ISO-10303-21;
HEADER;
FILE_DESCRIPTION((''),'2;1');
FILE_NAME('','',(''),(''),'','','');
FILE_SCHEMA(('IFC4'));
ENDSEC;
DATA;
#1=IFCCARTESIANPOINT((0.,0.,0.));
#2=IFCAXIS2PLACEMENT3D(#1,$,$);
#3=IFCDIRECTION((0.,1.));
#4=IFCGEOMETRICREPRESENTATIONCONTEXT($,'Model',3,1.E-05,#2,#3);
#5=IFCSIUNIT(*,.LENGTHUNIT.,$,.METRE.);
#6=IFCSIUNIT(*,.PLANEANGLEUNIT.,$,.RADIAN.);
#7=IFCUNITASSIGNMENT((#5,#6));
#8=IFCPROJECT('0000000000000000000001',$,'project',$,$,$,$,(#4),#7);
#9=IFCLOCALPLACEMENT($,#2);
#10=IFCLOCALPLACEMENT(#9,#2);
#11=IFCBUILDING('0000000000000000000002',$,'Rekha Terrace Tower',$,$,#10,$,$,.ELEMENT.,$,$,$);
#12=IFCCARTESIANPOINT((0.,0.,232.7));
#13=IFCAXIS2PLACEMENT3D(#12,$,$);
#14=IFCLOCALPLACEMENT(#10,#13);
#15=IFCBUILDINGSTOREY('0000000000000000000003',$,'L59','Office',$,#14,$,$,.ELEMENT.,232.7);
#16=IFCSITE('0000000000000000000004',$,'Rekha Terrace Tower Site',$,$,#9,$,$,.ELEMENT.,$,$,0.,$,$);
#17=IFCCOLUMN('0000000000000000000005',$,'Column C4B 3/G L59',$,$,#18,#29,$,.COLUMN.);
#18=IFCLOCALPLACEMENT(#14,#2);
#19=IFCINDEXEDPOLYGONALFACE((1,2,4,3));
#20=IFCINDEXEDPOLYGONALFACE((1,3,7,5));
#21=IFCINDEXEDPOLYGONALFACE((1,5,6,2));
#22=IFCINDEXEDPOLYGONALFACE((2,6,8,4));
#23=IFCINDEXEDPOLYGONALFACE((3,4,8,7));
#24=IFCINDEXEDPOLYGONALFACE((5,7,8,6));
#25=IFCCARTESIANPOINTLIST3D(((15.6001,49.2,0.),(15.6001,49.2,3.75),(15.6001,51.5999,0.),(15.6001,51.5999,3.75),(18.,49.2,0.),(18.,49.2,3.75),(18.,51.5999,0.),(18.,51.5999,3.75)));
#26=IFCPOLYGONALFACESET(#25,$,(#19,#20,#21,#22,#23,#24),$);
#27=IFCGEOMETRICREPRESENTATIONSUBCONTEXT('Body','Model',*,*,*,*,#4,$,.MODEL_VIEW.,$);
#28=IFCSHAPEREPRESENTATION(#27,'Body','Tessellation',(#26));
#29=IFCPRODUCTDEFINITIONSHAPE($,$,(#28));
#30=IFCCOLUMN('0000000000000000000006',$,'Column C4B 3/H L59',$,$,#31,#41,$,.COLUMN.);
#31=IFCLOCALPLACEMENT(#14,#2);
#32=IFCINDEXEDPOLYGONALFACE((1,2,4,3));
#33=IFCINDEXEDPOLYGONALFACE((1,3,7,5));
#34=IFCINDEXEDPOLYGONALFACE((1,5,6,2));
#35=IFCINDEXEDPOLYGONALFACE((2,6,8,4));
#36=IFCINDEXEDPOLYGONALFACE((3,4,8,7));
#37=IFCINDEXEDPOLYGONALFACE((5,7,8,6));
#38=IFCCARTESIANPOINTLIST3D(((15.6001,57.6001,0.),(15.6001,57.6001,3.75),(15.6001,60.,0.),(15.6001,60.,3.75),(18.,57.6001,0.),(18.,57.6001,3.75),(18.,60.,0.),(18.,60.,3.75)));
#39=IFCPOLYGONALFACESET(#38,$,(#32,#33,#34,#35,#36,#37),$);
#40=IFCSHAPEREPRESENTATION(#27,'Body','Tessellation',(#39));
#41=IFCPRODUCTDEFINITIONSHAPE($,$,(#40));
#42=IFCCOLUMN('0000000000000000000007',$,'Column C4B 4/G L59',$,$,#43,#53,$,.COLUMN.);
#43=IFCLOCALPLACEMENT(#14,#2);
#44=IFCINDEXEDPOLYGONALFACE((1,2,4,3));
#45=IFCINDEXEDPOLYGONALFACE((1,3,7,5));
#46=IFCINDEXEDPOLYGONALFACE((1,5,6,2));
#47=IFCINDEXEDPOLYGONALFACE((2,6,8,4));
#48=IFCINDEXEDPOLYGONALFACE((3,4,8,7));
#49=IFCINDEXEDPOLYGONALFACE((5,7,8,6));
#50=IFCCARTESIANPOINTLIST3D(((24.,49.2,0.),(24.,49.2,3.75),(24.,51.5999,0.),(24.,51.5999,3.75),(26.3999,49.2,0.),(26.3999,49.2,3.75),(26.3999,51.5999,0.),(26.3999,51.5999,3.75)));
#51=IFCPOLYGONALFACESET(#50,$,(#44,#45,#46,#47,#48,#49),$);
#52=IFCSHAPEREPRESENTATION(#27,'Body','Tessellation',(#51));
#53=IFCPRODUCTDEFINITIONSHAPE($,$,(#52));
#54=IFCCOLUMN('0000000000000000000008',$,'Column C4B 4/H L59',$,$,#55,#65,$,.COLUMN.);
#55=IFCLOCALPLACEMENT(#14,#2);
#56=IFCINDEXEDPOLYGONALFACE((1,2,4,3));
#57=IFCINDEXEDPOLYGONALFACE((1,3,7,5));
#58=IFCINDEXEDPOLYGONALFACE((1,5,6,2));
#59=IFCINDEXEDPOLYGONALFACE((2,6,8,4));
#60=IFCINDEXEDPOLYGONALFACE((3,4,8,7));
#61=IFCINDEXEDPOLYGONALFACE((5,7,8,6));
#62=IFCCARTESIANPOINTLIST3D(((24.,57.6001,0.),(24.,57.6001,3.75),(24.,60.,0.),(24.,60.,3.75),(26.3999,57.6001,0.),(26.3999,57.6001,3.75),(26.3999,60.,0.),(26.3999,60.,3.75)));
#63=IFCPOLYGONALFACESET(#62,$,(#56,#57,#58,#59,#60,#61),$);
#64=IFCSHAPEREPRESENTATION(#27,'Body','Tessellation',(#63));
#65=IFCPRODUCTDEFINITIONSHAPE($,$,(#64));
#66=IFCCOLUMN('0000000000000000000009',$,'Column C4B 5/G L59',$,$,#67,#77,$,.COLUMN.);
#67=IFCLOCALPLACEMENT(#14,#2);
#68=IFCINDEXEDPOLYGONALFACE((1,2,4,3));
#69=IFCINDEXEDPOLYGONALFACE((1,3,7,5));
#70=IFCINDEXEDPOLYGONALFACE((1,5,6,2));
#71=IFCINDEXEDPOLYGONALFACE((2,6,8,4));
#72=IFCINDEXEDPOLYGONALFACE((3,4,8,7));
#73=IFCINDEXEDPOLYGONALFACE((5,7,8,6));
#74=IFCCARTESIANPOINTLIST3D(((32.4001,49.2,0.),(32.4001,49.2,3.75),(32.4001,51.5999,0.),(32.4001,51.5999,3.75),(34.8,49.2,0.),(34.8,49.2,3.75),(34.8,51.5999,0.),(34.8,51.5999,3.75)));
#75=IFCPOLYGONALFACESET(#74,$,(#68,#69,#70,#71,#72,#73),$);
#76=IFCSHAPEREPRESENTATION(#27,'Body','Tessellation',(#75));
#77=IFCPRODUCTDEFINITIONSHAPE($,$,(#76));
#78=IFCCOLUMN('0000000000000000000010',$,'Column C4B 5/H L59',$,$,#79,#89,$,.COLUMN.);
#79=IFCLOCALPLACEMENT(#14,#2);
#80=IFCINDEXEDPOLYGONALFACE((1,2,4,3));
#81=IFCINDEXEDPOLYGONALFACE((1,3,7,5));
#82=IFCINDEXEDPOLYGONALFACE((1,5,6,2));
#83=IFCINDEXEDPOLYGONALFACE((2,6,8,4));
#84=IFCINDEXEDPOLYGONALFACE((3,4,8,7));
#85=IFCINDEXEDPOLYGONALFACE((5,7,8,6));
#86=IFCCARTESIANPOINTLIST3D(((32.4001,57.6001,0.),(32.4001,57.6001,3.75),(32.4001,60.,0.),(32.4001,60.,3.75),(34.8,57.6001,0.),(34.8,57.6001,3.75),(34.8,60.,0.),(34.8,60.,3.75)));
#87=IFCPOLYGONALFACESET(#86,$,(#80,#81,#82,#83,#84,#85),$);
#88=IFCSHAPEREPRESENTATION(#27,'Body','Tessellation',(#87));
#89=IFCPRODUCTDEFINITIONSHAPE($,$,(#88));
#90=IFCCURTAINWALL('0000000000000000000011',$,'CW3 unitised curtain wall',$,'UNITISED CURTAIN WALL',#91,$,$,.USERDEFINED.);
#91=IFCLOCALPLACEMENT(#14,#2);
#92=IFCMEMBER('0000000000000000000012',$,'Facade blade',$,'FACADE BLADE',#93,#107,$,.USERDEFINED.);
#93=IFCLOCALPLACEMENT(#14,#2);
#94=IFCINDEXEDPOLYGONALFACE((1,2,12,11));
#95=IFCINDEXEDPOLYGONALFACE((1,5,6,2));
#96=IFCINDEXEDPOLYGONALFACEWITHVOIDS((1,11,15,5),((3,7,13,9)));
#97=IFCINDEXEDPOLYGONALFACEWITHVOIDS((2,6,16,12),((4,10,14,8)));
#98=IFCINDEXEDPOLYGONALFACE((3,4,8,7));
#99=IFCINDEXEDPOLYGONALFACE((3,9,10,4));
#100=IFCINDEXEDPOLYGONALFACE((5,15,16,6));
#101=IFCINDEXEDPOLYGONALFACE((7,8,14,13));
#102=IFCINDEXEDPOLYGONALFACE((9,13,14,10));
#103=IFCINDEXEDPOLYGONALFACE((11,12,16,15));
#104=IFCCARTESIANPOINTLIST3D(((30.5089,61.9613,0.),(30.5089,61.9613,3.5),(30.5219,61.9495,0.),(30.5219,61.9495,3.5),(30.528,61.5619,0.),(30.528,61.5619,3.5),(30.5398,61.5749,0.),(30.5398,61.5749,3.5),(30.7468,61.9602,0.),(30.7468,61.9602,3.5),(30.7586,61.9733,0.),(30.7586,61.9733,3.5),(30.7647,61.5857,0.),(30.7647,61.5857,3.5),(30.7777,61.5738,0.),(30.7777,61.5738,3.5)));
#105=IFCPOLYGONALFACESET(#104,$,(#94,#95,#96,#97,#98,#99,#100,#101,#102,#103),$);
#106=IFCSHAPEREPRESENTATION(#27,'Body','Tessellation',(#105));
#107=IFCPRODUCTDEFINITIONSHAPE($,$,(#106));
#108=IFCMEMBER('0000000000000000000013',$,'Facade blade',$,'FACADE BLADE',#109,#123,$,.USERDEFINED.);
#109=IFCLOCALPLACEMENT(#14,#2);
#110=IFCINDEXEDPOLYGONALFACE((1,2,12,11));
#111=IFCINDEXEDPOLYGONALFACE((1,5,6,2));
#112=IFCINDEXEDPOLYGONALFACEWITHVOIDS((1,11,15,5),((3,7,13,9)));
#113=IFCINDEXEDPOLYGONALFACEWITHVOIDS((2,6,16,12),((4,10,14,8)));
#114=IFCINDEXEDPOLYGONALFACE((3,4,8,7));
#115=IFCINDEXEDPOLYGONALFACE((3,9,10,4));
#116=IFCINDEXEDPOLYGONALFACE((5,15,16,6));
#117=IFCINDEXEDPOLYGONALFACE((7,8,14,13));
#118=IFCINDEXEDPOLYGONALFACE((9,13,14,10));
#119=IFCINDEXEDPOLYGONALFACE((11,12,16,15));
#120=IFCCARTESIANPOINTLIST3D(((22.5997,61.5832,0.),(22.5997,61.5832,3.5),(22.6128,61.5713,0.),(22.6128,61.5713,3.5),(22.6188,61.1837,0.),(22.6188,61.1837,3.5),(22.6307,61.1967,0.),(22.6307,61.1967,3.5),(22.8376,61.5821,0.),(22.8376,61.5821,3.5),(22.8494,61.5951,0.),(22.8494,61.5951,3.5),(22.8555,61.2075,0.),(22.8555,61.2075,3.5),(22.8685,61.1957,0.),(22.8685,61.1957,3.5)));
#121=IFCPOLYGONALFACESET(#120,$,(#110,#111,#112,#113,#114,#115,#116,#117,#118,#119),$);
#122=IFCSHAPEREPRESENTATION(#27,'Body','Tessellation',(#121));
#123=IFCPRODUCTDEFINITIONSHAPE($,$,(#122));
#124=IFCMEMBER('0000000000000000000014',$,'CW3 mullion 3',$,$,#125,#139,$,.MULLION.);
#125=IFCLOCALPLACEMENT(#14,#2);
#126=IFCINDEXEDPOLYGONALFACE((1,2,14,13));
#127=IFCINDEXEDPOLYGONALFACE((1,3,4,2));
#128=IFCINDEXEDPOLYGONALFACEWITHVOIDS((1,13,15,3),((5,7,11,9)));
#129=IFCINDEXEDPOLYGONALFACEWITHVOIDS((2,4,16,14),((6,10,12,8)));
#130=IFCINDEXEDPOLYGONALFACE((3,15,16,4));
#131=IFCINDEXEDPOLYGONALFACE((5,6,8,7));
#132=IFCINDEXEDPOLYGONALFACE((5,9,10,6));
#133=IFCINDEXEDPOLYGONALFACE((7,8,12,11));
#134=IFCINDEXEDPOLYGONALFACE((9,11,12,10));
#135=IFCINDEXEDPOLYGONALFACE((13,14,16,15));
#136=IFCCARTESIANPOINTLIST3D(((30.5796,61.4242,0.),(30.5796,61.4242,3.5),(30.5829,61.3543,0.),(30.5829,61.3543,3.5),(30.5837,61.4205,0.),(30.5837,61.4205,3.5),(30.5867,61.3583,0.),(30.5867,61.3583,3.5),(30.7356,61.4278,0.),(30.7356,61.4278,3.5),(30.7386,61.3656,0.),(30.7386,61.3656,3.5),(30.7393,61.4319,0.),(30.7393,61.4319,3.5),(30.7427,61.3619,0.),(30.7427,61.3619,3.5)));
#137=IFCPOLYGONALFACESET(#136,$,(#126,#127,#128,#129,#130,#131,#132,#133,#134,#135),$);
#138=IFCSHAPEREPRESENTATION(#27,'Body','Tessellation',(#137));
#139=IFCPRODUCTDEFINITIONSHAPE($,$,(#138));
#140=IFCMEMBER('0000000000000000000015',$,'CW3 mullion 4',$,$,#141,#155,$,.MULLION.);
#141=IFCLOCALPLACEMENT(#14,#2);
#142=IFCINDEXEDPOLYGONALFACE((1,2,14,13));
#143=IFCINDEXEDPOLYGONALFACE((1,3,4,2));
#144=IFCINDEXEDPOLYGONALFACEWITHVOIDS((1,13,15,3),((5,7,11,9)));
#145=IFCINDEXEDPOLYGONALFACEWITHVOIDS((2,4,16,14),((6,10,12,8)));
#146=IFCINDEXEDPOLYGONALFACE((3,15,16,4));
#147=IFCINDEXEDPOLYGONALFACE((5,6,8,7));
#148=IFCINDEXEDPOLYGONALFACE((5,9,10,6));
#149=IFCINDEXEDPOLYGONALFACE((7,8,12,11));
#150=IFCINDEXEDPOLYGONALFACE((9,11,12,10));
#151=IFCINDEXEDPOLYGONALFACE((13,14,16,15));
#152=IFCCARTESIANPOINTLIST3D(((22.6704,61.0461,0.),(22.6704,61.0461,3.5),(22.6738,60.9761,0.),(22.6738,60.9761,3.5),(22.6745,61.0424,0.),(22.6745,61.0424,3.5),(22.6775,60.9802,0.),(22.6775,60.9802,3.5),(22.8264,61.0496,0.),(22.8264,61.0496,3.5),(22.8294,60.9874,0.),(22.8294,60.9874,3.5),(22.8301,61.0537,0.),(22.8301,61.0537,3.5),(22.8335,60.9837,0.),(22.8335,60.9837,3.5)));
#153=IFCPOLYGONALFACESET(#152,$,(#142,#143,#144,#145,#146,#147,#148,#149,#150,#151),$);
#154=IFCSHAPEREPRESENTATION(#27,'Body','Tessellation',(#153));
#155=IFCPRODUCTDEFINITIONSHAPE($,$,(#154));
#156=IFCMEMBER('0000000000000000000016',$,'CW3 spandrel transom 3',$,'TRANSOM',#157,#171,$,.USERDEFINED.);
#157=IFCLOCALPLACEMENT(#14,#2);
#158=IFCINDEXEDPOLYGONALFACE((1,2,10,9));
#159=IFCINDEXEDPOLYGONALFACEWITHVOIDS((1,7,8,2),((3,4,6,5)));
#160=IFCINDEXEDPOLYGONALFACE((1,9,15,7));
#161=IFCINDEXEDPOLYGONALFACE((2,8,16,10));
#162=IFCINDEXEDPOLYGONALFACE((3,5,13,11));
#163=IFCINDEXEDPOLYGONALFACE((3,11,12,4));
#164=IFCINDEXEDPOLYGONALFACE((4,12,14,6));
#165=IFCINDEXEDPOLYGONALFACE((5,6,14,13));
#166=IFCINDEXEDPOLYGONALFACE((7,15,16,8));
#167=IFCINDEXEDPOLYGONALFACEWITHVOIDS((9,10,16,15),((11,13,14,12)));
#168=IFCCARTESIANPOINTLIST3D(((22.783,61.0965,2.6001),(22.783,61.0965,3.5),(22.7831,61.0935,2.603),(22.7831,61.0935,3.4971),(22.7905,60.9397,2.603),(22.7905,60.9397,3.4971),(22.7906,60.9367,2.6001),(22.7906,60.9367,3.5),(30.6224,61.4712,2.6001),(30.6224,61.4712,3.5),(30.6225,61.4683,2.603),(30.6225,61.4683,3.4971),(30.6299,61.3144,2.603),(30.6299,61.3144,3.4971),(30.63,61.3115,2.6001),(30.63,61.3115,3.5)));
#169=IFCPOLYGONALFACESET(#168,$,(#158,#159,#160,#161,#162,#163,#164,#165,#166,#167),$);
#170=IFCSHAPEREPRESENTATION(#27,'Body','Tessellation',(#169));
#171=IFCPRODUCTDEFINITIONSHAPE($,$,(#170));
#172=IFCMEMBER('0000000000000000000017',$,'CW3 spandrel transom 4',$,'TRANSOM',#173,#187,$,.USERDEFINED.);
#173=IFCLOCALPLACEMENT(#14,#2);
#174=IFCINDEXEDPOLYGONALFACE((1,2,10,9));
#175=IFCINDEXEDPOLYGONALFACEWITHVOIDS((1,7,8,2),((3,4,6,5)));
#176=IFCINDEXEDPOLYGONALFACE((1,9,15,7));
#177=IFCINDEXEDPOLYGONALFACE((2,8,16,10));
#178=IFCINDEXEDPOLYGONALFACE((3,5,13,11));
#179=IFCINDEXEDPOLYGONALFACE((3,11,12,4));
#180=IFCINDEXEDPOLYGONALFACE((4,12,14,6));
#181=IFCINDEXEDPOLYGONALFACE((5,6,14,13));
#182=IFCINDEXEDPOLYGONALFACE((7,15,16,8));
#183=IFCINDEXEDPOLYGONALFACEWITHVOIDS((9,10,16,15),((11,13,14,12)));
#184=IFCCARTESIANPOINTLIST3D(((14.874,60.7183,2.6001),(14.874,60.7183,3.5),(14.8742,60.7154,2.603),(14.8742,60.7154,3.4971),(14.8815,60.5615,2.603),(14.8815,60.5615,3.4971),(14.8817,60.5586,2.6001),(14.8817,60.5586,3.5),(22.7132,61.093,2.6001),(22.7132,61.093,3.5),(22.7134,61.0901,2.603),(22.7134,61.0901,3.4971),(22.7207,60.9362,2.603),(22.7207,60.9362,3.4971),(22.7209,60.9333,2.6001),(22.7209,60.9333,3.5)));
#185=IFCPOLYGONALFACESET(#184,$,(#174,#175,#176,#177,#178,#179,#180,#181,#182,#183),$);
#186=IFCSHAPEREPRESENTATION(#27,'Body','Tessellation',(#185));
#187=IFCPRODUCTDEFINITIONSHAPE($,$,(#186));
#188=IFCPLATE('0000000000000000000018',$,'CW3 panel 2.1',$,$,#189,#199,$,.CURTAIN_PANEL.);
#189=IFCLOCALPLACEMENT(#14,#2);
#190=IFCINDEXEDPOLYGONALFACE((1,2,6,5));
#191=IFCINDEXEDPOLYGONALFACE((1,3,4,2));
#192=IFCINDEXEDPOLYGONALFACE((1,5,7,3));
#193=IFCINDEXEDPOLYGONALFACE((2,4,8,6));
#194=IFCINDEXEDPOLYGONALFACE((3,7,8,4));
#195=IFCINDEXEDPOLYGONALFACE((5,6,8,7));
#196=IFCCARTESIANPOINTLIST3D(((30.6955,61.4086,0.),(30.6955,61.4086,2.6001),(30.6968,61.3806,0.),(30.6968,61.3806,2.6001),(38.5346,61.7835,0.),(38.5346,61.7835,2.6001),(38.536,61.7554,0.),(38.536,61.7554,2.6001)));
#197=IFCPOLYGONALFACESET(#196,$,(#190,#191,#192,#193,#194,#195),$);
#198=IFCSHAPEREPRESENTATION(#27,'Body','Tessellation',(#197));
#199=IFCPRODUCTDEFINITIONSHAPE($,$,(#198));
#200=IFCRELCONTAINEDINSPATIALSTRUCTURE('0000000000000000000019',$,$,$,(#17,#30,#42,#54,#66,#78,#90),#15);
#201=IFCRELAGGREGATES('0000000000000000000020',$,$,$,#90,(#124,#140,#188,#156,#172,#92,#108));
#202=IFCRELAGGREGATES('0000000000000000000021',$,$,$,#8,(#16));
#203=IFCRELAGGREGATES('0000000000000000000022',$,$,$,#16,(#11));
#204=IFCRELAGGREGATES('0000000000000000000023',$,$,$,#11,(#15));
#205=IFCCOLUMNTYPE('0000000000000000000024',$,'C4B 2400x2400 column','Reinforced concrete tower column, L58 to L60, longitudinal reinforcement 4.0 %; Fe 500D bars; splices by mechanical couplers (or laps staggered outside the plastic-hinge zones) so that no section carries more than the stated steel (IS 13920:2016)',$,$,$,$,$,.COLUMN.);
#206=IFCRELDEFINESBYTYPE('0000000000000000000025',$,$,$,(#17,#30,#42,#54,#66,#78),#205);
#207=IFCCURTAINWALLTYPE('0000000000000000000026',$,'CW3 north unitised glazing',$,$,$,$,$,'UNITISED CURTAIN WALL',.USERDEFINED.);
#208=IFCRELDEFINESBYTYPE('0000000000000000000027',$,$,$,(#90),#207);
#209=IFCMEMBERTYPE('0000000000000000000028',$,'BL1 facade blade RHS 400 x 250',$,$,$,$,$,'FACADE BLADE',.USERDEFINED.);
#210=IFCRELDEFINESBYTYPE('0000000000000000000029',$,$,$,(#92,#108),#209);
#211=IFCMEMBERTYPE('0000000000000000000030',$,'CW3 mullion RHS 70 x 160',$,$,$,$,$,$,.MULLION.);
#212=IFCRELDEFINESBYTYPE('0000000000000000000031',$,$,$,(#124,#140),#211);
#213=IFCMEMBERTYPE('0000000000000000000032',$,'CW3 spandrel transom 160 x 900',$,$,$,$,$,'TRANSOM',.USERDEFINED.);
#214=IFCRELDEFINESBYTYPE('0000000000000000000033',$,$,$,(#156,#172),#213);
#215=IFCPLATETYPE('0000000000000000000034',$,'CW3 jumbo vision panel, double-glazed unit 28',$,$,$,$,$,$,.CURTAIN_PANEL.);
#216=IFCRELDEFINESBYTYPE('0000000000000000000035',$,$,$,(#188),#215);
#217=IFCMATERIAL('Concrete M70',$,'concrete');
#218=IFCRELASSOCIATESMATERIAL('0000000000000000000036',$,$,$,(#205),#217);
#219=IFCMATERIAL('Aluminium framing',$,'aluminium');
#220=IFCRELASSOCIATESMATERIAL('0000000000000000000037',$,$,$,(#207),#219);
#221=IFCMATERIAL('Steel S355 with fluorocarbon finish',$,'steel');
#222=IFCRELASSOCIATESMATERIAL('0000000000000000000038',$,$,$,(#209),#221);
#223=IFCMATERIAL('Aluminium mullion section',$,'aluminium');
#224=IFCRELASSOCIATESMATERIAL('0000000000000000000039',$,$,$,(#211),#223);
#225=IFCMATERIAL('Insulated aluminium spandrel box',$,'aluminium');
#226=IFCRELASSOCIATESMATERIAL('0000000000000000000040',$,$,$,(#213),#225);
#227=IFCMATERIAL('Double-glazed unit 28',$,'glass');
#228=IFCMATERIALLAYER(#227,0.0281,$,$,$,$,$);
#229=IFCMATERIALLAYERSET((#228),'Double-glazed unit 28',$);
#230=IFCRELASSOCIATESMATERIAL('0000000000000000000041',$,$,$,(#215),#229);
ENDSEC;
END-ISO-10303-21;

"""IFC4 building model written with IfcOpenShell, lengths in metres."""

from ifc_helpers import new_model, si_unit, direction, frame, origin, origin_2d, place, context, subcontext, project, spatial, rectangle, hollow_rectangle, extrude, material, layer, layer_set, material_profile, profile_set, type_object, element, aggregate, save


model = new_model("IFC4")

# Units and contexts
model_context = context("Model", 3, precision=1e-05, world=origin(), true_north=direction((0.0, 1.0)))
body_context = subcontext(model_context, "Body", "Model", "MODEL_VIEW")
ifc_project = project(units=[si_unit("LENGTHUNIT", "METRE"), si_unit("PLANEANGLEUNIT", "RADIAN")], contexts=[model_context])

# Site, building, storey
site_placement = place(None, origin())
site = spatial("IfcSite", under=ifc_project, at=site_placement, Name="Rekha Terrace Tower Site", CompositionType="ELEMENT", RefElevation=0.0)
building_placement = place(site_placement, origin())
building = spatial("IfcBuilding", under=site, at=building_placement, Name="Rekha Terrace Tower", CompositionType="ELEMENT")
storey_placement = place(building_placement, frame((0.0, 0.0, 232.7)))
storey = spatial("IfcBuildingStorey", under=building, at=storey_placement, Name="L59", Description="Office", CompositionType="ELEMENT", Elevation=232.7)

# Columns
ifc_material_1 = material(Name="Concrete M70", Category="concrete")
ifc_material_profile_1 = material_profile(ifc_material_1, rectangle(XDim=2.3999, YDim=2.3999, at=origin_2d()), Name="RC 2400x2400")
ifc_profile_set_1 = profile_set([ifc_material_profile_1], Name="Concrete M70")
column_type = type_object("IfcColumnType", Name="C4B 2400x2400 column", Description="Reinforced concrete tower column, L58 to L60, longitudinal reinforcement 4.0 %; Fe 500D bars; splices by mechanical couplers (or laps staggered outside the plastic-hinge zones) so that no section carries more than the stated steel (IS 13920:2016)", PredefinedType="COLUMN", material=ifc_profile_set_1)
for number, where, z_axis, x_axis, name in (
    (1, (16.8, 50.3999, 0.0), (0.0, 0.0, 1.0), (1.0, 0.0, 0.0), "Column C4B 3/G L59"),
    (2, (16.8, 58.8, 0.0), (0.0, 0.0, 1.0), (1.0, 0.0, 0.0), "Column C4B 3/H L59"),
    (3, (25.2, 50.3999, 0.0), (0.0, 0.0, 1.0), (1.0, 0.0, 0.0), "Column C4B 4/G L59"),
    (4, (25.2, 58.8, 0.0), (0.0, 0.0, 1.0), (1.0, 0.0, 0.0), "Column C4B 4/H L59"),
    (5, (33.6001, 50.3999, 0.0), (0.0, 0.0, 1.0), (1.0, 0.0, 0.0), "Column C4B 5/G L59"),
    (6, (33.6001, 58.8, 0.0), (0.0, 0.0, 1.0), (1.0, 0.0, 0.0), "Column C4B 5/H L59"),
):
    element("IfcColumn", number, at=place(storey_placement, frame(where, z_axis=z_axis, x_axis=x_axis)), inside=storey, type_object=column_type, Name=name, PredefinedType="COLUMN", context=body_context, shape_type="SweptSolid", body=[
        extrude(rectangle(XDim=2.3999, YDim=2.3999, at=origin_2d()), origin(), (0.0, 0.0, 1.0), 3.75),
    ])

# Curtain wall, members, plate
ifc_material_2 = material(Name="Aluminium framing", Category="aluminium")
curtain_wall_type = type_object("IfcCurtainWallType", Name="CW3 north unitised glazing", ElementType="UNITISED CURTAIN WALL", PredefinedType="USERDEFINED", material=ifc_material_2)
curtain_wall_placement = place(storey_placement, origin())
curtain_wall = element("IfcCurtainWall", 7, at=curtain_wall_placement, inside=storey, type_object=curtain_wall_type, Name="CW3 unitised curtain wall", ObjectType="UNITISED CURTAIN WALL", PredefinedType="USERDEFINED")
ifc_material_3 = material(Name="Steel S355 with fluorocarbon finish", Category="steel")
ifc_material_profile_2 = material_profile(ifc_material_3, hollow_rectangle(XDim=0.25, YDim=0.3999, WallThickness=0.0125, at=origin_2d()), Name="RHS400x250x12.5")
ifc_profile_set_2 = profile_set([ifc_material_profile_2], Name="Steel S355 with fluorocarbon finish")
member_type_1 = type_object("IfcMemberType", Name="BL1 facade blade RHS 400 x 250", ElementType="FACADE BLADE", PredefinedType="USERDEFINED", material=ifc_profile_set_2)
member_1_placement = place(storey_placement, frame((30.6433, 61.7676, 0.0), z_axis=(0.0, 0.0, 1.0), x_axis=(-0.998859, -0.047758, 0.0)))
member_1 = element("IfcMember", 8, at=member_1_placement, type_object=member_type_1, Name="Facade blade", ObjectType="FACADE BLADE", PredefinedType="USERDEFINED", context=body_context, shape_type="SweptSolid", body=[
    extrude(hollow_rectangle(XDim=0.25, YDim=0.3999, WallThickness=0.0125, at=origin_2d()), origin(), (0.0, 0.0, 1.0), 3.5),
])
member_2_placement = place(storey_placement, frame((22.7341, 61.3894, 0.0), z_axis=(0.0, 0.0, 1.0), x_axis=(-0.998859, -0.047758, 0.0)))
member_2 = element("IfcMember", 9, at=member_2_placement, type_object=member_type_1, Name="Facade blade", ObjectType="FACADE BLADE", PredefinedType="USERDEFINED", context=body_context, shape_type="SweptSolid", body=[
    extrude(hollow_rectangle(XDim=0.25, YDim=0.3999, WallThickness=0.0125, at=origin_2d()), origin(), (0.0, 0.0, 1.0), 3.5),
])
ifc_material_4 = material(Name="Aluminium mullion section", Category="aluminium")
ifc_material_profile_3 = material_profile(ifc_material_4, hollow_rectangle(XDim=0.0701, YDim=0.1599, WallThickness=0.0039, at=origin_2d()), Name="AL RHS 70x160")
ifc_profile_set_3 = profile_set([ifc_material_profile_3], Name="Aluminium mullion section")
member_type_2 = type_object("IfcMemberType", Name="CW3 mullion RHS 70 x 160", PredefinedType="MULLION", material=ifc_profile_set_3)
member_3_placement = place(storey_placement, frame((30.6611, 61.3931, 0.0), z_axis=(0.0, 0.0, 1.0), x_axis=(0.047759, -0.998859, 0.0)))
member_3 = element("IfcMember", 10, at=member_3_placement, type_object=member_type_2, Name="CW3 mullion 3", PredefinedType="MULLION", context=body_context, shape_type="SweptSolid", body=[
    extrude(hollow_rectangle(XDim=0.0701, YDim=0.1599, WallThickness=0.0039, at=origin_2d()), origin(), (0.0, 0.0, 1.0), 3.5),
])
member_4_placement = place(storey_placement, frame((22.752, 61.0149, 0.0), z_axis=(0.0, 0.0, 1.0), x_axis=(0.047759, -0.998859, 0.0)))
member_4 = element("IfcMember", 11, at=member_4_placement, type_object=member_type_2, Name="CW3 mullion 4", PredefinedType="MULLION", context=body_context, shape_type="SweptSolid", body=[
    extrude(hollow_rectangle(XDim=0.0701, YDim=0.1599, WallThickness=0.0039, at=origin_2d()), origin(), (0.0, 0.0, 1.0), 3.5),
])
ifc_material_5 = material(Name="Insulated aluminium spandrel box", Category="aluminium")
ifc_material_profile_4 = material_profile(ifc_material_5, hollow_rectangle(XDim=0.1599, YDim=0.8999, WallThickness=0.0029, at=origin_2d()), Name="AL SPANDREL BOX 160x900")
ifc_profile_set_4 = profile_set([ifc_material_profile_4], Name="Insulated aluminium spandrel box")
member_type_3 = type_object("IfcMemberType", Name="CW3 spandrel transom 160 x 900", ElementType="TRANSOM", PredefinedType="USERDEFINED", material=ifc_profile_set_4)
member_5_placement = place(storey_placement, frame((30.6262, 61.3914, 3.05), z_axis=(-0.998859, -0.04775, 0.0), x_axis=(0.04775, -0.998859, 0.0)))
member_5 = element("IfcMember", 12, at=member_5_placement, type_object=member_type_3, Name="CW3 spandrel transom 3", ObjectType="TRANSOM", PredefinedType="USERDEFINED", context=body_context, shape_type="SweptSolid", body=[
    extrude(hollow_rectangle(XDim=0.1599, YDim=0.8999, WallThickness=0.0029, at=origin_2d()), origin(), (0.0, 0.0, 1.0), 7.8484),
])
member_6_placement = place(storey_placement, frame((22.717, 61.0132, 3.05), z_axis=(-0.998859, -0.047751, 0.0), x_axis=(0.047751, -0.998859, 0.0)))
member_6 = element("IfcMember", 13, at=member_6_placement, type_object=member_type_3, Name="CW3 spandrel transom 4", ObjectType="TRANSOM", PredefinedType="USERDEFINED", context=body_context, shape_type="SweptSolid", body=[
    extrude(hollow_rectangle(XDim=0.1599, YDim=0.8999, WallThickness=0.0029, at=origin_2d()), origin(), (0.0, 0.0, 1.0), 7.8481),
])
ifc_material_6 = material(Name="Double-glazed unit 28", Category="glass")
ifc_layer_1 = layer(ifc_material_6, 0.0281)
ifc_layer_set_1 = layer_set([ifc_layer_1], Name="Double-glazed unit 28")
plate_type = type_object("IfcPlateType", Name="CW3 jumbo vision panel, double-glazed unit 28", PredefinedType="CURTAIN_PANEL", material=ifc_layer_set_1)
plate_1_placement = place(storey_placement, frame((34.6157, 61.582, 0.0), z_axis=(0.0, 0.0, 1.0), x_axis=(-0.998859, -0.047759, 0.0)))
plate_1 = element("IfcPlate", 14, at=plate_1_placement, type_object=plate_type, Name="CW3 panel 2.1", PredefinedType="CURTAIN_PANEL", context=body_context, shape_type="SweptSolid", body=[
    extrude(rectangle(XDim=7.8481, YDim=0.0281, at=origin_2d()), origin(), (0.0, 0.0, 1.0), 2.6001),
])
aggregate(curtain_wall, [member_3, member_4, plate_1, member_5, member_6, member_1, member_2])

save(model, "model.ifc")
